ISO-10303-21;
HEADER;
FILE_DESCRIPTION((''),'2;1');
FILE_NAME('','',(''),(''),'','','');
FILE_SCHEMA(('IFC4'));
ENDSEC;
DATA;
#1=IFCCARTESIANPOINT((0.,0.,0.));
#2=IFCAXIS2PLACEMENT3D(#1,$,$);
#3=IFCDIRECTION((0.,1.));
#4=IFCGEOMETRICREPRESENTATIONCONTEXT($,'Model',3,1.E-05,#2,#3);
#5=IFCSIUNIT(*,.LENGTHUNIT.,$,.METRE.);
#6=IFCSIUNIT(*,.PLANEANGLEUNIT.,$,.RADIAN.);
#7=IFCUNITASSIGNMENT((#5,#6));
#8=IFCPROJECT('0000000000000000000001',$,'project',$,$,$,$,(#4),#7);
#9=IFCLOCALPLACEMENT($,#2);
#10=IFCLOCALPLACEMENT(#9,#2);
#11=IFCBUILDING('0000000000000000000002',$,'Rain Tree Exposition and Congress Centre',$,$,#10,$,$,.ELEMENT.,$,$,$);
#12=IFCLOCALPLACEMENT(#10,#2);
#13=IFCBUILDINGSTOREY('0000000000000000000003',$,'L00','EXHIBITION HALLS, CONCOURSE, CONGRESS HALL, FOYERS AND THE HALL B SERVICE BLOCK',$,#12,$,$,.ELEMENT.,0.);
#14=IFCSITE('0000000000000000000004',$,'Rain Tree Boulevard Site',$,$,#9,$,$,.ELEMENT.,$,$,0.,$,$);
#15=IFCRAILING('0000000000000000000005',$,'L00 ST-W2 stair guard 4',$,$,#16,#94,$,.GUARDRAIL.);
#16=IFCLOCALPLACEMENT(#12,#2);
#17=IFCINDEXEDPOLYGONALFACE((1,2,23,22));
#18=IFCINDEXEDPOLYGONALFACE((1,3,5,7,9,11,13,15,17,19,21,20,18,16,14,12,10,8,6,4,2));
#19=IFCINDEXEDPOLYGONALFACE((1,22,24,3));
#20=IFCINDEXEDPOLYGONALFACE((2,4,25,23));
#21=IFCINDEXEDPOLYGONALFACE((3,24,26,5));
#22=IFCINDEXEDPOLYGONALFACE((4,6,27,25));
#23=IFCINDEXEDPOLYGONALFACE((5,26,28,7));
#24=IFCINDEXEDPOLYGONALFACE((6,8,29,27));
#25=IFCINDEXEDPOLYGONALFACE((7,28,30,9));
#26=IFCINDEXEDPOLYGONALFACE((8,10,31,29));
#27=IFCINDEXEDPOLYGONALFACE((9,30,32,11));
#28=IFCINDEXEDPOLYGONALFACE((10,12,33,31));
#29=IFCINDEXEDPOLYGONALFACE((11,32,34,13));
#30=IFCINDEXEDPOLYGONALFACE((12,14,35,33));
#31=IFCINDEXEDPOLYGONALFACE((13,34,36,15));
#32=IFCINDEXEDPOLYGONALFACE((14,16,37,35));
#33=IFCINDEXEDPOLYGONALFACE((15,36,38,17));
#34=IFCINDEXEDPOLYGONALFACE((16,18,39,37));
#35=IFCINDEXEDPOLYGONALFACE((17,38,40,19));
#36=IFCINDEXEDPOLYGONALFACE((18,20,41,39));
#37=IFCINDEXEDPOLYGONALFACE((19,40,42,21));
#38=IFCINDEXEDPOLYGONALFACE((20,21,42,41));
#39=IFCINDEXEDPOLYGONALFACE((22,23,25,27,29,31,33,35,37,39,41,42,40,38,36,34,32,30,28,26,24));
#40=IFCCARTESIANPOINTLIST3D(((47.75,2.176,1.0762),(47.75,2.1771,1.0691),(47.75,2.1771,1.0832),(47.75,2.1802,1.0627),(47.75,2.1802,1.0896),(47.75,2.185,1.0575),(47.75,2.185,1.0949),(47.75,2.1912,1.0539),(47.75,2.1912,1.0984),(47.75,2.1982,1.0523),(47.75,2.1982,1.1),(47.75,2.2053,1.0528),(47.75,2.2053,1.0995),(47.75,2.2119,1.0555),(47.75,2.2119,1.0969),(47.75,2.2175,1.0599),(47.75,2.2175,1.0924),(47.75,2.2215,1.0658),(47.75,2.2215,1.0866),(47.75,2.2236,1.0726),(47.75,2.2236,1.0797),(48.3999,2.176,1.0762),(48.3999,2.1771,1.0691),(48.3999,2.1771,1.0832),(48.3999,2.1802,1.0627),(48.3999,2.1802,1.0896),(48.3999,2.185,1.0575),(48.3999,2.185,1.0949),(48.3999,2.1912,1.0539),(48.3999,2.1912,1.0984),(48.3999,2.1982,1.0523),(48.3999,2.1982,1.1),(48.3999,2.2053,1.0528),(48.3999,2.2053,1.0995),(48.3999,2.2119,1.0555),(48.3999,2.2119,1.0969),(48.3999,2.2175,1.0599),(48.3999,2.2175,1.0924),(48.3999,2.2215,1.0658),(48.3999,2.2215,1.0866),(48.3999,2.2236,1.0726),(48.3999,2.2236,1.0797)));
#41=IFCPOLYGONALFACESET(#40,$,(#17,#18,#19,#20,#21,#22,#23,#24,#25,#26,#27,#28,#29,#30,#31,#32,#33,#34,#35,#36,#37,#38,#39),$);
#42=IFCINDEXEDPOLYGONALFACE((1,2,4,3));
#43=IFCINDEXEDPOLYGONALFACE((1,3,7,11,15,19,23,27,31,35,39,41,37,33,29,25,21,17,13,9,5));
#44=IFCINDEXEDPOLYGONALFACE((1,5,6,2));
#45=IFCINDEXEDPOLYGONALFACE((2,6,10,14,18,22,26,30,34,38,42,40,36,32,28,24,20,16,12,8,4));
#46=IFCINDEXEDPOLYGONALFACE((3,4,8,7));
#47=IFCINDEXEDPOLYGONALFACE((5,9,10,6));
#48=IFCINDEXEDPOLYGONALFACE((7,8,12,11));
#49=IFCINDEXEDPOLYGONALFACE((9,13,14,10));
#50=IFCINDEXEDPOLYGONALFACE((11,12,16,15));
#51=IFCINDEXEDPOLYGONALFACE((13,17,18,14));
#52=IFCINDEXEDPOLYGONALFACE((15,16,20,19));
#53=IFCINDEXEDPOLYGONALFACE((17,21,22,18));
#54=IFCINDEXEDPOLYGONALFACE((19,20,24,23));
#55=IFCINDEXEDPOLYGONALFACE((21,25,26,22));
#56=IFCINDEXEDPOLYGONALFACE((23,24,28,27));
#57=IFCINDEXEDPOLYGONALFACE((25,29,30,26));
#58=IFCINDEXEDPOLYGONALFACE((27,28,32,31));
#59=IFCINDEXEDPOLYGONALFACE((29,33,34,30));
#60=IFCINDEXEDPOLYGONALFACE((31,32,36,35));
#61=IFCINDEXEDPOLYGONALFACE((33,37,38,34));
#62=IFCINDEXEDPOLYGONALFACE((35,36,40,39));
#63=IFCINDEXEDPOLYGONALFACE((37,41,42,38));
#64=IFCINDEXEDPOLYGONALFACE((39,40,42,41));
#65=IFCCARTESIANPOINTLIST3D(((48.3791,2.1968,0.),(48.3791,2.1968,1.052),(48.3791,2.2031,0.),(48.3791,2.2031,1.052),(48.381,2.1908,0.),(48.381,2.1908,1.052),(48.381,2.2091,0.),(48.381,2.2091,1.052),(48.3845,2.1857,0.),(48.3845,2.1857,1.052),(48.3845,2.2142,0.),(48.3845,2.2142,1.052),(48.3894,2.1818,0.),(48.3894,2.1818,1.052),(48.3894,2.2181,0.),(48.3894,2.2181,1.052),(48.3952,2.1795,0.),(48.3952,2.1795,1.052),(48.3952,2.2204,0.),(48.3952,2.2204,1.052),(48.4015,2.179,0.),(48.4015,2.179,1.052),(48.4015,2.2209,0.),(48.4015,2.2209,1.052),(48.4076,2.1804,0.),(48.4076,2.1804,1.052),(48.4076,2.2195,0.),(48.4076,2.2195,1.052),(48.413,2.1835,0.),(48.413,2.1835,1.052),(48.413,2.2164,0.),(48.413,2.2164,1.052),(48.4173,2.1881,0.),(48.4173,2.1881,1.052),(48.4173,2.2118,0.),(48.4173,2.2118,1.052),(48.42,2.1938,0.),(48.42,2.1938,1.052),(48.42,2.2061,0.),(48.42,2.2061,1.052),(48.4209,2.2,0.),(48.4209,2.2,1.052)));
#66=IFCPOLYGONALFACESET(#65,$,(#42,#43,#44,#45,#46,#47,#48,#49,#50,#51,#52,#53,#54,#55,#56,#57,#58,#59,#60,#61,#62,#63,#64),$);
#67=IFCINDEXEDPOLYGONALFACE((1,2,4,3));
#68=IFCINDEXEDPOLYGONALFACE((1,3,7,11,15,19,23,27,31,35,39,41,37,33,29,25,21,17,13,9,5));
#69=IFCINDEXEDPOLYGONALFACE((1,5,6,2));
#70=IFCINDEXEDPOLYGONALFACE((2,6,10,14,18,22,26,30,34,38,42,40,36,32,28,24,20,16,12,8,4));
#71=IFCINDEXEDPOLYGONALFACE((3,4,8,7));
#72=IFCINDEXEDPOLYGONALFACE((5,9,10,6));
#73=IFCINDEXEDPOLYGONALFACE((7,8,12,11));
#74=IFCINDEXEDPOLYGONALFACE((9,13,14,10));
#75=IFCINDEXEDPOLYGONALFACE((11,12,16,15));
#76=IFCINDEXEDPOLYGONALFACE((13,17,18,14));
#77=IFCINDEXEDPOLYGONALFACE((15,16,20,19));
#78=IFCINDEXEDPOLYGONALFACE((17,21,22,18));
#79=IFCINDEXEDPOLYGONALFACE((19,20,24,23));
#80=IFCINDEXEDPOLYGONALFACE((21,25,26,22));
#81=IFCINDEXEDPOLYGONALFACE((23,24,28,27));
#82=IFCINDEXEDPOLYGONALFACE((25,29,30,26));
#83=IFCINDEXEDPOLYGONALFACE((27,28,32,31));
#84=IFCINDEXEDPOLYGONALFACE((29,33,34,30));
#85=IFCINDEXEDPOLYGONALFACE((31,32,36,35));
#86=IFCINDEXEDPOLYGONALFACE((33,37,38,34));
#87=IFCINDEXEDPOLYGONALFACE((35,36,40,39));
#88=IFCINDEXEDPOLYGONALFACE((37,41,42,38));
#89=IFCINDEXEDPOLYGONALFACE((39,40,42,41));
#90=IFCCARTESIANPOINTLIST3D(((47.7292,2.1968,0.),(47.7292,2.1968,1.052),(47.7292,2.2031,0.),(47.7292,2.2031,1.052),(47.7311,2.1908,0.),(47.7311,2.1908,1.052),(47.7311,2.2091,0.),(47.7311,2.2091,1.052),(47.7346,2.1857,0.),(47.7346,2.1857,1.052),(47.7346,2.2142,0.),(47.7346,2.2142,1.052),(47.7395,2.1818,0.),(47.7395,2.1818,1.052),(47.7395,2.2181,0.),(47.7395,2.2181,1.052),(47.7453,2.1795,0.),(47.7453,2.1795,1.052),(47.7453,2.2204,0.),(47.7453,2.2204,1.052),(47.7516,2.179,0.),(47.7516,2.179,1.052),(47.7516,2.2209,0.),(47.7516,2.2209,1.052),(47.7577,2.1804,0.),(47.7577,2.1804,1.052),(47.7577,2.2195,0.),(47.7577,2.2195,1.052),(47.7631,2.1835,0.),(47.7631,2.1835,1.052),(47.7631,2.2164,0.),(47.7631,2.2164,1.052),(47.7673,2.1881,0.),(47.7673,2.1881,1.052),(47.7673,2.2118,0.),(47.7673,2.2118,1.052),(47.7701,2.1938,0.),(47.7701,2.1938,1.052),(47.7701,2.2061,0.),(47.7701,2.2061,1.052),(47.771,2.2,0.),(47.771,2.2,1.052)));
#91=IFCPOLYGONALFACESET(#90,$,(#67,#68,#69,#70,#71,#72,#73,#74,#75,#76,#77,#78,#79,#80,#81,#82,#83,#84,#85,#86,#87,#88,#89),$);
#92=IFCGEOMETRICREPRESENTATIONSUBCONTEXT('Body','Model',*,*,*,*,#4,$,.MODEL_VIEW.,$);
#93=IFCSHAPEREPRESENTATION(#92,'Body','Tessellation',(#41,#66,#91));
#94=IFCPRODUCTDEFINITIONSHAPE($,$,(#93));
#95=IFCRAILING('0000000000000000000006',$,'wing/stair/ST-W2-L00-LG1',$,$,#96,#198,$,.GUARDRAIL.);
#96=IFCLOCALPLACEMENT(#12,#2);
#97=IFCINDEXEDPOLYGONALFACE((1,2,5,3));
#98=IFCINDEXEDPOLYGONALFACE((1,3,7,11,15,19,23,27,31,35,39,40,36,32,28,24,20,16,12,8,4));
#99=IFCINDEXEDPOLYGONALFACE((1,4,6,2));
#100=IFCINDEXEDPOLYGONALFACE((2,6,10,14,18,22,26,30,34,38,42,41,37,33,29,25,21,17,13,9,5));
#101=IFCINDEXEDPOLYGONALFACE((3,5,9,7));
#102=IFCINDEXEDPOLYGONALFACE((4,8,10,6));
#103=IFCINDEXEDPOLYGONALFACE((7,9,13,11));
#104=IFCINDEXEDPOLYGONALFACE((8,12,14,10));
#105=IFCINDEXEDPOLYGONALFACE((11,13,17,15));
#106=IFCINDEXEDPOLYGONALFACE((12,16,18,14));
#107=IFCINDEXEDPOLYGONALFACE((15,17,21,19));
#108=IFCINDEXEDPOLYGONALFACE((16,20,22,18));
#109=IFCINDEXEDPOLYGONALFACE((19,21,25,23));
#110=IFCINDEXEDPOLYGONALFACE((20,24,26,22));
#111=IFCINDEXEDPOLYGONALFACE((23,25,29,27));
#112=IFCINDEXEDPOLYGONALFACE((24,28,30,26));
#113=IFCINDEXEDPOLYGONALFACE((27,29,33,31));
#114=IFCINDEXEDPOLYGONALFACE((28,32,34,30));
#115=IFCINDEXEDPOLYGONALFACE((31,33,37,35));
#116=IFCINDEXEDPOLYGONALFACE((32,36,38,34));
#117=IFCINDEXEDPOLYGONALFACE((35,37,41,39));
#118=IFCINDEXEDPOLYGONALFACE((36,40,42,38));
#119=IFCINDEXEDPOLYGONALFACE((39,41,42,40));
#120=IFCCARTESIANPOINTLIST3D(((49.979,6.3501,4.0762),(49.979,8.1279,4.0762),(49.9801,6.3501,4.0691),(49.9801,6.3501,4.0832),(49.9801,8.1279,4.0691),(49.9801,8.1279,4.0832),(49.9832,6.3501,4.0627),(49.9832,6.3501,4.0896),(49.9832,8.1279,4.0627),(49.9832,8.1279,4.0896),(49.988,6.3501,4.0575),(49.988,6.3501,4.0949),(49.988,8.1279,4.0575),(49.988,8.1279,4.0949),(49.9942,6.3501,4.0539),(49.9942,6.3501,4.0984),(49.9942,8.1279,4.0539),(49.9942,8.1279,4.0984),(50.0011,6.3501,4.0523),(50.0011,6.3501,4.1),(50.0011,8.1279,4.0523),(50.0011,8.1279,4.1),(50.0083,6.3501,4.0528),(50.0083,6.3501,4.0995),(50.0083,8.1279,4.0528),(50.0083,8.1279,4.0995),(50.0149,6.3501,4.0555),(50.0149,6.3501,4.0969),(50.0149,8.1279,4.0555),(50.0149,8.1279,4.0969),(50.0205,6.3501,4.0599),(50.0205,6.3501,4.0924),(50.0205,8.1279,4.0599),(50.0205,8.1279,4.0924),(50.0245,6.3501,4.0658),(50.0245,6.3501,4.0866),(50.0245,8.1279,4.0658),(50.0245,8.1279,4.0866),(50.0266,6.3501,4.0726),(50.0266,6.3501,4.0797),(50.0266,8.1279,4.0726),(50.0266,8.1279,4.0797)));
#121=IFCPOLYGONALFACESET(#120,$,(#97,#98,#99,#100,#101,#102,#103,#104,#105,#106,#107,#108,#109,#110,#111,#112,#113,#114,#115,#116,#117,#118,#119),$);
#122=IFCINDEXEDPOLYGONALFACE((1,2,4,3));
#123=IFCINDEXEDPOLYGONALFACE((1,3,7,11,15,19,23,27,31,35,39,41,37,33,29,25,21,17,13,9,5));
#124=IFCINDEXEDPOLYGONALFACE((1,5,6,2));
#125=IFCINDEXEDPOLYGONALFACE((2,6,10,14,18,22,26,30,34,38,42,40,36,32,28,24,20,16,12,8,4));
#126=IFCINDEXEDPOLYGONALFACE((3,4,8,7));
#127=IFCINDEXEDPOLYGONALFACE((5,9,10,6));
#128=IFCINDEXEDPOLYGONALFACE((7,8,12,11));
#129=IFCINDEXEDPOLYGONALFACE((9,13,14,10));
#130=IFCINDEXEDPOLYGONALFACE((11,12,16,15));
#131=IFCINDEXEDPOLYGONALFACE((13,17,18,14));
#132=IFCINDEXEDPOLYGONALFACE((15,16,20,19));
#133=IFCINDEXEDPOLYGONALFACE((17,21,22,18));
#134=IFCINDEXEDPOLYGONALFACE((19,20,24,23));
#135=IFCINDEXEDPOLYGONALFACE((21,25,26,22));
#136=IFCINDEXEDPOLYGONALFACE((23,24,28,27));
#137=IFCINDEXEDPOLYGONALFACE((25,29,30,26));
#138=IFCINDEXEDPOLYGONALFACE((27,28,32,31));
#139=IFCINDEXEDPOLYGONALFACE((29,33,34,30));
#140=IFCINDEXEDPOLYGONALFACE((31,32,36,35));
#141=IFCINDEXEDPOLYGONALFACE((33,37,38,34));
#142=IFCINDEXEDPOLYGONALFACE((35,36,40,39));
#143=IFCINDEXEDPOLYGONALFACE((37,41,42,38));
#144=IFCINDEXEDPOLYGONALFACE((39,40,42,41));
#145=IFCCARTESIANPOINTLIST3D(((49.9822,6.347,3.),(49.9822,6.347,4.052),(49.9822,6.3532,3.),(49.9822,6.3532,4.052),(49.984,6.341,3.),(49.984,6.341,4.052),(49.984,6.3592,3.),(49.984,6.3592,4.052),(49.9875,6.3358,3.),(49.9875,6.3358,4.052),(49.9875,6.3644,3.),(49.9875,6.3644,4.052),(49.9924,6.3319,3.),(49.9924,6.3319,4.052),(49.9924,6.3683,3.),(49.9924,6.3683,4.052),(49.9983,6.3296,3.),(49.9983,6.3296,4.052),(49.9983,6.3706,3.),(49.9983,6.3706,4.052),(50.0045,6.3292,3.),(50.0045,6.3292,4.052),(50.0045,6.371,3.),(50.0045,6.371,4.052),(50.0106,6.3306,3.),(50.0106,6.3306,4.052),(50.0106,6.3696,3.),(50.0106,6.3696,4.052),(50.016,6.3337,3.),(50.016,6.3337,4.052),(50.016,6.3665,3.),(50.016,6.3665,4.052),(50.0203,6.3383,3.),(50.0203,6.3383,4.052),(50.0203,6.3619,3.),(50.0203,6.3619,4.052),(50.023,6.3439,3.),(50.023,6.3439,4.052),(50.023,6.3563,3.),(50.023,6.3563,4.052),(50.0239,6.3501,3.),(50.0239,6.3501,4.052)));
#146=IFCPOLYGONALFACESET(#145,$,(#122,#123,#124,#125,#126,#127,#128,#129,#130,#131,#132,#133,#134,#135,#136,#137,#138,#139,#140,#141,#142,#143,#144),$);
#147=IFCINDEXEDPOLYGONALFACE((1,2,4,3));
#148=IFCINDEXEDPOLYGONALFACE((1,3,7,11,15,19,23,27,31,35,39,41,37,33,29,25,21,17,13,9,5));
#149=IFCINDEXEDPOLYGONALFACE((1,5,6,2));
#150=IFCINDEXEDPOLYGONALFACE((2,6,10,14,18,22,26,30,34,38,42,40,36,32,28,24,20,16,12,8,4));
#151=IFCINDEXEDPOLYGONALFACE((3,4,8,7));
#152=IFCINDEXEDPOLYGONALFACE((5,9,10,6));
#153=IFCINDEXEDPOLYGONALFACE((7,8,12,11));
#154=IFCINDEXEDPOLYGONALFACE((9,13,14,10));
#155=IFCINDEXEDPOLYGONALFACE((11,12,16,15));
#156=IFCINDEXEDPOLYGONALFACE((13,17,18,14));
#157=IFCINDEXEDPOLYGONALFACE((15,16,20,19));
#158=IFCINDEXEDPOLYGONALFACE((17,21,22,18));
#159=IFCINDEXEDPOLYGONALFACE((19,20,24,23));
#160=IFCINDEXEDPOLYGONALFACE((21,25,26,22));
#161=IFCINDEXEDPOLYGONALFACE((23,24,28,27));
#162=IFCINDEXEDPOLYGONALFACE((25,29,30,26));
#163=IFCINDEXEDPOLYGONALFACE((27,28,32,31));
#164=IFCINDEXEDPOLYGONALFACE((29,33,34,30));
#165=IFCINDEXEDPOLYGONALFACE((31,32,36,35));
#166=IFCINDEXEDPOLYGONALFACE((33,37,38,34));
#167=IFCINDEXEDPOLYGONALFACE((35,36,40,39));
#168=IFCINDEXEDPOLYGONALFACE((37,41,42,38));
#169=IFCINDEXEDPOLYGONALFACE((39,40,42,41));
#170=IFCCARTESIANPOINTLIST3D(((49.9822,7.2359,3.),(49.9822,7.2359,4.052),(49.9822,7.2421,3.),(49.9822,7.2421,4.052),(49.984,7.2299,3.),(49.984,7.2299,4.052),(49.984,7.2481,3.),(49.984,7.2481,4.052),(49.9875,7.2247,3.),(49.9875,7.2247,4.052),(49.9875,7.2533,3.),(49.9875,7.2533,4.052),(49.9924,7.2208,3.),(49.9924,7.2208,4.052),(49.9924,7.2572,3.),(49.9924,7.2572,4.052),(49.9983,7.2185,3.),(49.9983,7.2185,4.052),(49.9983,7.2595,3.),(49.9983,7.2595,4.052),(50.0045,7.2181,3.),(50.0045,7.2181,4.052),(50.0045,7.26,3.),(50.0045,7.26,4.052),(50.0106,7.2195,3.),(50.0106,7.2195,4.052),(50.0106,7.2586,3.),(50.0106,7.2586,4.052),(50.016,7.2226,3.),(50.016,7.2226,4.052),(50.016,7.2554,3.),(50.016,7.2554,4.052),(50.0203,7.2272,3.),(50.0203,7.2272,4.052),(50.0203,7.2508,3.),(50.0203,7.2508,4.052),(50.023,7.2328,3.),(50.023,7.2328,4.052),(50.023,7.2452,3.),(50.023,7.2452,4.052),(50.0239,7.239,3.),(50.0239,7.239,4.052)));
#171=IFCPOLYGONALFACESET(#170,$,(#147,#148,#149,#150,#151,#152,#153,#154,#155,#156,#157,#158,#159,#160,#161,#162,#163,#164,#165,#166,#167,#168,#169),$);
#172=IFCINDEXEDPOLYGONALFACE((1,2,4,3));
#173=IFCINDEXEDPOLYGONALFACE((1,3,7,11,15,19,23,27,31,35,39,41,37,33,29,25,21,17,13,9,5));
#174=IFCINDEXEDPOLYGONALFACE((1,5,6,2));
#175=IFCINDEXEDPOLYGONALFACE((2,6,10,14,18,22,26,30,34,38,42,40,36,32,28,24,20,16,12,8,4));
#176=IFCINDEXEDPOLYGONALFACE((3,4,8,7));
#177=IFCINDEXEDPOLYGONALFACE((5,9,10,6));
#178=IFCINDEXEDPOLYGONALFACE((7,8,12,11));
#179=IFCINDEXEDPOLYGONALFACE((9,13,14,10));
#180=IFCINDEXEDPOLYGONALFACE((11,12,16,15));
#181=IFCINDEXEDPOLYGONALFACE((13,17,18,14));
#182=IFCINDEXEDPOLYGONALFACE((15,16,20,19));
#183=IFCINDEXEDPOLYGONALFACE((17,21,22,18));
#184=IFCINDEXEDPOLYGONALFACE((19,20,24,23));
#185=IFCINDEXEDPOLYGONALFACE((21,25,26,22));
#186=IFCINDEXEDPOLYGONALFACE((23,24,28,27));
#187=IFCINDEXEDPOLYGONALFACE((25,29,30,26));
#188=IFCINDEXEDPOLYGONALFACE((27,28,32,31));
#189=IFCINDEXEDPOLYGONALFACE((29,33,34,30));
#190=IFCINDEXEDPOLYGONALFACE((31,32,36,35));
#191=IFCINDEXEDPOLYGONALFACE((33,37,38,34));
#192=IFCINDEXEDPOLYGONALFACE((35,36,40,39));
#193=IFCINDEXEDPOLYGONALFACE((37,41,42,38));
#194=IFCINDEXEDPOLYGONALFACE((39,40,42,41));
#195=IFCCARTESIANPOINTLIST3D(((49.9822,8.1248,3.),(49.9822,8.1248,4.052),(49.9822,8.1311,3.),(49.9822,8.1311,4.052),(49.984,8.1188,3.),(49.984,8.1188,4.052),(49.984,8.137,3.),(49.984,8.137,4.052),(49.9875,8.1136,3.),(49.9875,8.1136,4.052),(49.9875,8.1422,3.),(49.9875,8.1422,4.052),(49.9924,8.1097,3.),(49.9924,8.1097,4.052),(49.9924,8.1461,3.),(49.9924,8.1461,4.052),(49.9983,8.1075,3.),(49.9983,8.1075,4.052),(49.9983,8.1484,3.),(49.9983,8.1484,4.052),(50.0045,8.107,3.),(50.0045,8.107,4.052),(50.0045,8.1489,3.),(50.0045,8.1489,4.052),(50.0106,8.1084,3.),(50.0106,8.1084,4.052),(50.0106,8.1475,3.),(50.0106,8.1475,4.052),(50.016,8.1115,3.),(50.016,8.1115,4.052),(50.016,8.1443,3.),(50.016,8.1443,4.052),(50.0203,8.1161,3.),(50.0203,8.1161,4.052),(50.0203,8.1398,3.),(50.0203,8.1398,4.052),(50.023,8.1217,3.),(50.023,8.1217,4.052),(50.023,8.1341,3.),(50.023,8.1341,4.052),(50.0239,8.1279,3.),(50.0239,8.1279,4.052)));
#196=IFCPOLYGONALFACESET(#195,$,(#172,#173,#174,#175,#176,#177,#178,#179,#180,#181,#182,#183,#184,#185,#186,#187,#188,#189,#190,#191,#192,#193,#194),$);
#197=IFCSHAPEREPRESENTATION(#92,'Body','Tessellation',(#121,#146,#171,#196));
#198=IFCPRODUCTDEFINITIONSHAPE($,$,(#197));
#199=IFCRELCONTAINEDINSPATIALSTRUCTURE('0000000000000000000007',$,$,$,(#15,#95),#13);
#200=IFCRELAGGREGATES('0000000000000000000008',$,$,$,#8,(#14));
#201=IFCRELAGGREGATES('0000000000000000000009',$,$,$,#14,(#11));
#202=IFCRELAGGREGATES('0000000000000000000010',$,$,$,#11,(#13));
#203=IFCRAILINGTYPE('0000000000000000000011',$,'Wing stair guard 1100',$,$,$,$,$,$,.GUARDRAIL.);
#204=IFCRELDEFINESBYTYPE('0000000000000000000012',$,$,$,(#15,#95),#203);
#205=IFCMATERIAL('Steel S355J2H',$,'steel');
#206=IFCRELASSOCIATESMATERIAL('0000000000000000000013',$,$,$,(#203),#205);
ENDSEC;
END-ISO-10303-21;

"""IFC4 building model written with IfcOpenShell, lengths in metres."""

from ifc_helpers import new_model, si_unit, direction, frame, origin, origin_2d, place, context, subcontext, project, spatial, circle, extrude, material, type_object, element, save


model = new_model("IFC4")

# Units and contexts
model_context = context("Model", 3, precision=1e-05, world=origin(), true_north=direction((0.0, 1.0)))
body_context = subcontext(model_context, "Body", "Model", "MODEL_VIEW")
ifc_project = project(units=[si_unit("LENGTHUNIT", "METRE"), si_unit("PLANEANGLEUNIT", "RADIAN")], contexts=[model_context])

# Site, building, storey
site_placement = place(None, origin())
site = spatial("IfcSite", under=ifc_project, at=site_placement, Name="Rain Tree Boulevard Site", CompositionType="ELEMENT", RefElevation=0.0)
building_placement = place(site_placement, origin())
building = spatial("IfcBuilding", under=site, at=building_placement, Name="Rain Tree Exposition and Congress Centre", CompositionType="ELEMENT")
storey_placement = place(building_placement, origin())
storey = spatial("IfcBuildingStorey", under=building, at=storey_placement, Name="L00", Description="EXHIBITION HALLS, CONCOURSE, CONGRESS HALL, FOYERS AND THE HALL B SERVICE BLOCK", CompositionType="ELEMENT", Elevation=0.0)

# Railings
ifc_material_1 = material(Name="Steel S355J2H", Category="steel")
railing_type_1 = type_object("IfcRailingType", Name="Wing stair guard 1100", PredefinedType="GUARDRAIL", material=ifc_material_1)
railing_1_placement = place(storey_placement, frame((48.3999, 2.2, 0.0)))
element("IfcRailing", 1, at=railing_1_placement, inside=storey, type_object=railing_type_1, Name="L00 ST-W2 stair guard 4", PredefinedType="GUARDRAIL", context=body_context, shape_type="SweptSolid", body=[
    extrude(circle(Radius=0.0239, at=origin_2d()), frame((0.0, 0.0, 1.0762), z_axis=(-1.0, 0.0, 0.0), x_axis=(0.0, -1.0, 0.0)), (0.0, 0.0, 1.0), 0.6499),
    extrude(circle(Radius=0.021, at=origin_2d()), origin(), (0.0, 0.0, 1.0), 1.052),
    extrude(circle(Radius=0.021, at=origin_2d()), frame((-0.6499, 0.0, 0.0)), (0.0, 0.0, 1.0), 1.052),
])
railing_2_placement = place(storey_placement, frame((50.0029, 6.3501, 3.0)))
element("IfcRailing", 2, at=railing_2_placement, inside=storey, type_object=railing_type_1, Name="wing/stair/ST-W2-L00-LG1", PredefinedType="GUARDRAIL", context=body_context, shape_type="SweptSolid", body=[
    extrude(circle(Radius=0.0239, at=origin_2d()), frame((0.0, 0.0, 1.0762), z_axis=(0.0, 1.0, 0.0), x_axis=(-1.0, 0.0, 0.0)), (0.0, 0.0, 1.0), 1.7778),
    extrude(circle(Radius=0.021, at=origin_2d()), origin(), (0.0, 0.0, 1.0), 1.052),
    extrude(circle(Radius=0.021, at=origin_2d()), frame((0.0, 0.8889, 0.0)), (0.0, 0.0, 1.0), 1.052),
    extrude(circle(Radius=0.021, at=origin_2d()), frame((0.0, 1.7778, 0.0)), (0.0, 0.0, 1.0), 1.052),
])

save(model, "model.ifc")
